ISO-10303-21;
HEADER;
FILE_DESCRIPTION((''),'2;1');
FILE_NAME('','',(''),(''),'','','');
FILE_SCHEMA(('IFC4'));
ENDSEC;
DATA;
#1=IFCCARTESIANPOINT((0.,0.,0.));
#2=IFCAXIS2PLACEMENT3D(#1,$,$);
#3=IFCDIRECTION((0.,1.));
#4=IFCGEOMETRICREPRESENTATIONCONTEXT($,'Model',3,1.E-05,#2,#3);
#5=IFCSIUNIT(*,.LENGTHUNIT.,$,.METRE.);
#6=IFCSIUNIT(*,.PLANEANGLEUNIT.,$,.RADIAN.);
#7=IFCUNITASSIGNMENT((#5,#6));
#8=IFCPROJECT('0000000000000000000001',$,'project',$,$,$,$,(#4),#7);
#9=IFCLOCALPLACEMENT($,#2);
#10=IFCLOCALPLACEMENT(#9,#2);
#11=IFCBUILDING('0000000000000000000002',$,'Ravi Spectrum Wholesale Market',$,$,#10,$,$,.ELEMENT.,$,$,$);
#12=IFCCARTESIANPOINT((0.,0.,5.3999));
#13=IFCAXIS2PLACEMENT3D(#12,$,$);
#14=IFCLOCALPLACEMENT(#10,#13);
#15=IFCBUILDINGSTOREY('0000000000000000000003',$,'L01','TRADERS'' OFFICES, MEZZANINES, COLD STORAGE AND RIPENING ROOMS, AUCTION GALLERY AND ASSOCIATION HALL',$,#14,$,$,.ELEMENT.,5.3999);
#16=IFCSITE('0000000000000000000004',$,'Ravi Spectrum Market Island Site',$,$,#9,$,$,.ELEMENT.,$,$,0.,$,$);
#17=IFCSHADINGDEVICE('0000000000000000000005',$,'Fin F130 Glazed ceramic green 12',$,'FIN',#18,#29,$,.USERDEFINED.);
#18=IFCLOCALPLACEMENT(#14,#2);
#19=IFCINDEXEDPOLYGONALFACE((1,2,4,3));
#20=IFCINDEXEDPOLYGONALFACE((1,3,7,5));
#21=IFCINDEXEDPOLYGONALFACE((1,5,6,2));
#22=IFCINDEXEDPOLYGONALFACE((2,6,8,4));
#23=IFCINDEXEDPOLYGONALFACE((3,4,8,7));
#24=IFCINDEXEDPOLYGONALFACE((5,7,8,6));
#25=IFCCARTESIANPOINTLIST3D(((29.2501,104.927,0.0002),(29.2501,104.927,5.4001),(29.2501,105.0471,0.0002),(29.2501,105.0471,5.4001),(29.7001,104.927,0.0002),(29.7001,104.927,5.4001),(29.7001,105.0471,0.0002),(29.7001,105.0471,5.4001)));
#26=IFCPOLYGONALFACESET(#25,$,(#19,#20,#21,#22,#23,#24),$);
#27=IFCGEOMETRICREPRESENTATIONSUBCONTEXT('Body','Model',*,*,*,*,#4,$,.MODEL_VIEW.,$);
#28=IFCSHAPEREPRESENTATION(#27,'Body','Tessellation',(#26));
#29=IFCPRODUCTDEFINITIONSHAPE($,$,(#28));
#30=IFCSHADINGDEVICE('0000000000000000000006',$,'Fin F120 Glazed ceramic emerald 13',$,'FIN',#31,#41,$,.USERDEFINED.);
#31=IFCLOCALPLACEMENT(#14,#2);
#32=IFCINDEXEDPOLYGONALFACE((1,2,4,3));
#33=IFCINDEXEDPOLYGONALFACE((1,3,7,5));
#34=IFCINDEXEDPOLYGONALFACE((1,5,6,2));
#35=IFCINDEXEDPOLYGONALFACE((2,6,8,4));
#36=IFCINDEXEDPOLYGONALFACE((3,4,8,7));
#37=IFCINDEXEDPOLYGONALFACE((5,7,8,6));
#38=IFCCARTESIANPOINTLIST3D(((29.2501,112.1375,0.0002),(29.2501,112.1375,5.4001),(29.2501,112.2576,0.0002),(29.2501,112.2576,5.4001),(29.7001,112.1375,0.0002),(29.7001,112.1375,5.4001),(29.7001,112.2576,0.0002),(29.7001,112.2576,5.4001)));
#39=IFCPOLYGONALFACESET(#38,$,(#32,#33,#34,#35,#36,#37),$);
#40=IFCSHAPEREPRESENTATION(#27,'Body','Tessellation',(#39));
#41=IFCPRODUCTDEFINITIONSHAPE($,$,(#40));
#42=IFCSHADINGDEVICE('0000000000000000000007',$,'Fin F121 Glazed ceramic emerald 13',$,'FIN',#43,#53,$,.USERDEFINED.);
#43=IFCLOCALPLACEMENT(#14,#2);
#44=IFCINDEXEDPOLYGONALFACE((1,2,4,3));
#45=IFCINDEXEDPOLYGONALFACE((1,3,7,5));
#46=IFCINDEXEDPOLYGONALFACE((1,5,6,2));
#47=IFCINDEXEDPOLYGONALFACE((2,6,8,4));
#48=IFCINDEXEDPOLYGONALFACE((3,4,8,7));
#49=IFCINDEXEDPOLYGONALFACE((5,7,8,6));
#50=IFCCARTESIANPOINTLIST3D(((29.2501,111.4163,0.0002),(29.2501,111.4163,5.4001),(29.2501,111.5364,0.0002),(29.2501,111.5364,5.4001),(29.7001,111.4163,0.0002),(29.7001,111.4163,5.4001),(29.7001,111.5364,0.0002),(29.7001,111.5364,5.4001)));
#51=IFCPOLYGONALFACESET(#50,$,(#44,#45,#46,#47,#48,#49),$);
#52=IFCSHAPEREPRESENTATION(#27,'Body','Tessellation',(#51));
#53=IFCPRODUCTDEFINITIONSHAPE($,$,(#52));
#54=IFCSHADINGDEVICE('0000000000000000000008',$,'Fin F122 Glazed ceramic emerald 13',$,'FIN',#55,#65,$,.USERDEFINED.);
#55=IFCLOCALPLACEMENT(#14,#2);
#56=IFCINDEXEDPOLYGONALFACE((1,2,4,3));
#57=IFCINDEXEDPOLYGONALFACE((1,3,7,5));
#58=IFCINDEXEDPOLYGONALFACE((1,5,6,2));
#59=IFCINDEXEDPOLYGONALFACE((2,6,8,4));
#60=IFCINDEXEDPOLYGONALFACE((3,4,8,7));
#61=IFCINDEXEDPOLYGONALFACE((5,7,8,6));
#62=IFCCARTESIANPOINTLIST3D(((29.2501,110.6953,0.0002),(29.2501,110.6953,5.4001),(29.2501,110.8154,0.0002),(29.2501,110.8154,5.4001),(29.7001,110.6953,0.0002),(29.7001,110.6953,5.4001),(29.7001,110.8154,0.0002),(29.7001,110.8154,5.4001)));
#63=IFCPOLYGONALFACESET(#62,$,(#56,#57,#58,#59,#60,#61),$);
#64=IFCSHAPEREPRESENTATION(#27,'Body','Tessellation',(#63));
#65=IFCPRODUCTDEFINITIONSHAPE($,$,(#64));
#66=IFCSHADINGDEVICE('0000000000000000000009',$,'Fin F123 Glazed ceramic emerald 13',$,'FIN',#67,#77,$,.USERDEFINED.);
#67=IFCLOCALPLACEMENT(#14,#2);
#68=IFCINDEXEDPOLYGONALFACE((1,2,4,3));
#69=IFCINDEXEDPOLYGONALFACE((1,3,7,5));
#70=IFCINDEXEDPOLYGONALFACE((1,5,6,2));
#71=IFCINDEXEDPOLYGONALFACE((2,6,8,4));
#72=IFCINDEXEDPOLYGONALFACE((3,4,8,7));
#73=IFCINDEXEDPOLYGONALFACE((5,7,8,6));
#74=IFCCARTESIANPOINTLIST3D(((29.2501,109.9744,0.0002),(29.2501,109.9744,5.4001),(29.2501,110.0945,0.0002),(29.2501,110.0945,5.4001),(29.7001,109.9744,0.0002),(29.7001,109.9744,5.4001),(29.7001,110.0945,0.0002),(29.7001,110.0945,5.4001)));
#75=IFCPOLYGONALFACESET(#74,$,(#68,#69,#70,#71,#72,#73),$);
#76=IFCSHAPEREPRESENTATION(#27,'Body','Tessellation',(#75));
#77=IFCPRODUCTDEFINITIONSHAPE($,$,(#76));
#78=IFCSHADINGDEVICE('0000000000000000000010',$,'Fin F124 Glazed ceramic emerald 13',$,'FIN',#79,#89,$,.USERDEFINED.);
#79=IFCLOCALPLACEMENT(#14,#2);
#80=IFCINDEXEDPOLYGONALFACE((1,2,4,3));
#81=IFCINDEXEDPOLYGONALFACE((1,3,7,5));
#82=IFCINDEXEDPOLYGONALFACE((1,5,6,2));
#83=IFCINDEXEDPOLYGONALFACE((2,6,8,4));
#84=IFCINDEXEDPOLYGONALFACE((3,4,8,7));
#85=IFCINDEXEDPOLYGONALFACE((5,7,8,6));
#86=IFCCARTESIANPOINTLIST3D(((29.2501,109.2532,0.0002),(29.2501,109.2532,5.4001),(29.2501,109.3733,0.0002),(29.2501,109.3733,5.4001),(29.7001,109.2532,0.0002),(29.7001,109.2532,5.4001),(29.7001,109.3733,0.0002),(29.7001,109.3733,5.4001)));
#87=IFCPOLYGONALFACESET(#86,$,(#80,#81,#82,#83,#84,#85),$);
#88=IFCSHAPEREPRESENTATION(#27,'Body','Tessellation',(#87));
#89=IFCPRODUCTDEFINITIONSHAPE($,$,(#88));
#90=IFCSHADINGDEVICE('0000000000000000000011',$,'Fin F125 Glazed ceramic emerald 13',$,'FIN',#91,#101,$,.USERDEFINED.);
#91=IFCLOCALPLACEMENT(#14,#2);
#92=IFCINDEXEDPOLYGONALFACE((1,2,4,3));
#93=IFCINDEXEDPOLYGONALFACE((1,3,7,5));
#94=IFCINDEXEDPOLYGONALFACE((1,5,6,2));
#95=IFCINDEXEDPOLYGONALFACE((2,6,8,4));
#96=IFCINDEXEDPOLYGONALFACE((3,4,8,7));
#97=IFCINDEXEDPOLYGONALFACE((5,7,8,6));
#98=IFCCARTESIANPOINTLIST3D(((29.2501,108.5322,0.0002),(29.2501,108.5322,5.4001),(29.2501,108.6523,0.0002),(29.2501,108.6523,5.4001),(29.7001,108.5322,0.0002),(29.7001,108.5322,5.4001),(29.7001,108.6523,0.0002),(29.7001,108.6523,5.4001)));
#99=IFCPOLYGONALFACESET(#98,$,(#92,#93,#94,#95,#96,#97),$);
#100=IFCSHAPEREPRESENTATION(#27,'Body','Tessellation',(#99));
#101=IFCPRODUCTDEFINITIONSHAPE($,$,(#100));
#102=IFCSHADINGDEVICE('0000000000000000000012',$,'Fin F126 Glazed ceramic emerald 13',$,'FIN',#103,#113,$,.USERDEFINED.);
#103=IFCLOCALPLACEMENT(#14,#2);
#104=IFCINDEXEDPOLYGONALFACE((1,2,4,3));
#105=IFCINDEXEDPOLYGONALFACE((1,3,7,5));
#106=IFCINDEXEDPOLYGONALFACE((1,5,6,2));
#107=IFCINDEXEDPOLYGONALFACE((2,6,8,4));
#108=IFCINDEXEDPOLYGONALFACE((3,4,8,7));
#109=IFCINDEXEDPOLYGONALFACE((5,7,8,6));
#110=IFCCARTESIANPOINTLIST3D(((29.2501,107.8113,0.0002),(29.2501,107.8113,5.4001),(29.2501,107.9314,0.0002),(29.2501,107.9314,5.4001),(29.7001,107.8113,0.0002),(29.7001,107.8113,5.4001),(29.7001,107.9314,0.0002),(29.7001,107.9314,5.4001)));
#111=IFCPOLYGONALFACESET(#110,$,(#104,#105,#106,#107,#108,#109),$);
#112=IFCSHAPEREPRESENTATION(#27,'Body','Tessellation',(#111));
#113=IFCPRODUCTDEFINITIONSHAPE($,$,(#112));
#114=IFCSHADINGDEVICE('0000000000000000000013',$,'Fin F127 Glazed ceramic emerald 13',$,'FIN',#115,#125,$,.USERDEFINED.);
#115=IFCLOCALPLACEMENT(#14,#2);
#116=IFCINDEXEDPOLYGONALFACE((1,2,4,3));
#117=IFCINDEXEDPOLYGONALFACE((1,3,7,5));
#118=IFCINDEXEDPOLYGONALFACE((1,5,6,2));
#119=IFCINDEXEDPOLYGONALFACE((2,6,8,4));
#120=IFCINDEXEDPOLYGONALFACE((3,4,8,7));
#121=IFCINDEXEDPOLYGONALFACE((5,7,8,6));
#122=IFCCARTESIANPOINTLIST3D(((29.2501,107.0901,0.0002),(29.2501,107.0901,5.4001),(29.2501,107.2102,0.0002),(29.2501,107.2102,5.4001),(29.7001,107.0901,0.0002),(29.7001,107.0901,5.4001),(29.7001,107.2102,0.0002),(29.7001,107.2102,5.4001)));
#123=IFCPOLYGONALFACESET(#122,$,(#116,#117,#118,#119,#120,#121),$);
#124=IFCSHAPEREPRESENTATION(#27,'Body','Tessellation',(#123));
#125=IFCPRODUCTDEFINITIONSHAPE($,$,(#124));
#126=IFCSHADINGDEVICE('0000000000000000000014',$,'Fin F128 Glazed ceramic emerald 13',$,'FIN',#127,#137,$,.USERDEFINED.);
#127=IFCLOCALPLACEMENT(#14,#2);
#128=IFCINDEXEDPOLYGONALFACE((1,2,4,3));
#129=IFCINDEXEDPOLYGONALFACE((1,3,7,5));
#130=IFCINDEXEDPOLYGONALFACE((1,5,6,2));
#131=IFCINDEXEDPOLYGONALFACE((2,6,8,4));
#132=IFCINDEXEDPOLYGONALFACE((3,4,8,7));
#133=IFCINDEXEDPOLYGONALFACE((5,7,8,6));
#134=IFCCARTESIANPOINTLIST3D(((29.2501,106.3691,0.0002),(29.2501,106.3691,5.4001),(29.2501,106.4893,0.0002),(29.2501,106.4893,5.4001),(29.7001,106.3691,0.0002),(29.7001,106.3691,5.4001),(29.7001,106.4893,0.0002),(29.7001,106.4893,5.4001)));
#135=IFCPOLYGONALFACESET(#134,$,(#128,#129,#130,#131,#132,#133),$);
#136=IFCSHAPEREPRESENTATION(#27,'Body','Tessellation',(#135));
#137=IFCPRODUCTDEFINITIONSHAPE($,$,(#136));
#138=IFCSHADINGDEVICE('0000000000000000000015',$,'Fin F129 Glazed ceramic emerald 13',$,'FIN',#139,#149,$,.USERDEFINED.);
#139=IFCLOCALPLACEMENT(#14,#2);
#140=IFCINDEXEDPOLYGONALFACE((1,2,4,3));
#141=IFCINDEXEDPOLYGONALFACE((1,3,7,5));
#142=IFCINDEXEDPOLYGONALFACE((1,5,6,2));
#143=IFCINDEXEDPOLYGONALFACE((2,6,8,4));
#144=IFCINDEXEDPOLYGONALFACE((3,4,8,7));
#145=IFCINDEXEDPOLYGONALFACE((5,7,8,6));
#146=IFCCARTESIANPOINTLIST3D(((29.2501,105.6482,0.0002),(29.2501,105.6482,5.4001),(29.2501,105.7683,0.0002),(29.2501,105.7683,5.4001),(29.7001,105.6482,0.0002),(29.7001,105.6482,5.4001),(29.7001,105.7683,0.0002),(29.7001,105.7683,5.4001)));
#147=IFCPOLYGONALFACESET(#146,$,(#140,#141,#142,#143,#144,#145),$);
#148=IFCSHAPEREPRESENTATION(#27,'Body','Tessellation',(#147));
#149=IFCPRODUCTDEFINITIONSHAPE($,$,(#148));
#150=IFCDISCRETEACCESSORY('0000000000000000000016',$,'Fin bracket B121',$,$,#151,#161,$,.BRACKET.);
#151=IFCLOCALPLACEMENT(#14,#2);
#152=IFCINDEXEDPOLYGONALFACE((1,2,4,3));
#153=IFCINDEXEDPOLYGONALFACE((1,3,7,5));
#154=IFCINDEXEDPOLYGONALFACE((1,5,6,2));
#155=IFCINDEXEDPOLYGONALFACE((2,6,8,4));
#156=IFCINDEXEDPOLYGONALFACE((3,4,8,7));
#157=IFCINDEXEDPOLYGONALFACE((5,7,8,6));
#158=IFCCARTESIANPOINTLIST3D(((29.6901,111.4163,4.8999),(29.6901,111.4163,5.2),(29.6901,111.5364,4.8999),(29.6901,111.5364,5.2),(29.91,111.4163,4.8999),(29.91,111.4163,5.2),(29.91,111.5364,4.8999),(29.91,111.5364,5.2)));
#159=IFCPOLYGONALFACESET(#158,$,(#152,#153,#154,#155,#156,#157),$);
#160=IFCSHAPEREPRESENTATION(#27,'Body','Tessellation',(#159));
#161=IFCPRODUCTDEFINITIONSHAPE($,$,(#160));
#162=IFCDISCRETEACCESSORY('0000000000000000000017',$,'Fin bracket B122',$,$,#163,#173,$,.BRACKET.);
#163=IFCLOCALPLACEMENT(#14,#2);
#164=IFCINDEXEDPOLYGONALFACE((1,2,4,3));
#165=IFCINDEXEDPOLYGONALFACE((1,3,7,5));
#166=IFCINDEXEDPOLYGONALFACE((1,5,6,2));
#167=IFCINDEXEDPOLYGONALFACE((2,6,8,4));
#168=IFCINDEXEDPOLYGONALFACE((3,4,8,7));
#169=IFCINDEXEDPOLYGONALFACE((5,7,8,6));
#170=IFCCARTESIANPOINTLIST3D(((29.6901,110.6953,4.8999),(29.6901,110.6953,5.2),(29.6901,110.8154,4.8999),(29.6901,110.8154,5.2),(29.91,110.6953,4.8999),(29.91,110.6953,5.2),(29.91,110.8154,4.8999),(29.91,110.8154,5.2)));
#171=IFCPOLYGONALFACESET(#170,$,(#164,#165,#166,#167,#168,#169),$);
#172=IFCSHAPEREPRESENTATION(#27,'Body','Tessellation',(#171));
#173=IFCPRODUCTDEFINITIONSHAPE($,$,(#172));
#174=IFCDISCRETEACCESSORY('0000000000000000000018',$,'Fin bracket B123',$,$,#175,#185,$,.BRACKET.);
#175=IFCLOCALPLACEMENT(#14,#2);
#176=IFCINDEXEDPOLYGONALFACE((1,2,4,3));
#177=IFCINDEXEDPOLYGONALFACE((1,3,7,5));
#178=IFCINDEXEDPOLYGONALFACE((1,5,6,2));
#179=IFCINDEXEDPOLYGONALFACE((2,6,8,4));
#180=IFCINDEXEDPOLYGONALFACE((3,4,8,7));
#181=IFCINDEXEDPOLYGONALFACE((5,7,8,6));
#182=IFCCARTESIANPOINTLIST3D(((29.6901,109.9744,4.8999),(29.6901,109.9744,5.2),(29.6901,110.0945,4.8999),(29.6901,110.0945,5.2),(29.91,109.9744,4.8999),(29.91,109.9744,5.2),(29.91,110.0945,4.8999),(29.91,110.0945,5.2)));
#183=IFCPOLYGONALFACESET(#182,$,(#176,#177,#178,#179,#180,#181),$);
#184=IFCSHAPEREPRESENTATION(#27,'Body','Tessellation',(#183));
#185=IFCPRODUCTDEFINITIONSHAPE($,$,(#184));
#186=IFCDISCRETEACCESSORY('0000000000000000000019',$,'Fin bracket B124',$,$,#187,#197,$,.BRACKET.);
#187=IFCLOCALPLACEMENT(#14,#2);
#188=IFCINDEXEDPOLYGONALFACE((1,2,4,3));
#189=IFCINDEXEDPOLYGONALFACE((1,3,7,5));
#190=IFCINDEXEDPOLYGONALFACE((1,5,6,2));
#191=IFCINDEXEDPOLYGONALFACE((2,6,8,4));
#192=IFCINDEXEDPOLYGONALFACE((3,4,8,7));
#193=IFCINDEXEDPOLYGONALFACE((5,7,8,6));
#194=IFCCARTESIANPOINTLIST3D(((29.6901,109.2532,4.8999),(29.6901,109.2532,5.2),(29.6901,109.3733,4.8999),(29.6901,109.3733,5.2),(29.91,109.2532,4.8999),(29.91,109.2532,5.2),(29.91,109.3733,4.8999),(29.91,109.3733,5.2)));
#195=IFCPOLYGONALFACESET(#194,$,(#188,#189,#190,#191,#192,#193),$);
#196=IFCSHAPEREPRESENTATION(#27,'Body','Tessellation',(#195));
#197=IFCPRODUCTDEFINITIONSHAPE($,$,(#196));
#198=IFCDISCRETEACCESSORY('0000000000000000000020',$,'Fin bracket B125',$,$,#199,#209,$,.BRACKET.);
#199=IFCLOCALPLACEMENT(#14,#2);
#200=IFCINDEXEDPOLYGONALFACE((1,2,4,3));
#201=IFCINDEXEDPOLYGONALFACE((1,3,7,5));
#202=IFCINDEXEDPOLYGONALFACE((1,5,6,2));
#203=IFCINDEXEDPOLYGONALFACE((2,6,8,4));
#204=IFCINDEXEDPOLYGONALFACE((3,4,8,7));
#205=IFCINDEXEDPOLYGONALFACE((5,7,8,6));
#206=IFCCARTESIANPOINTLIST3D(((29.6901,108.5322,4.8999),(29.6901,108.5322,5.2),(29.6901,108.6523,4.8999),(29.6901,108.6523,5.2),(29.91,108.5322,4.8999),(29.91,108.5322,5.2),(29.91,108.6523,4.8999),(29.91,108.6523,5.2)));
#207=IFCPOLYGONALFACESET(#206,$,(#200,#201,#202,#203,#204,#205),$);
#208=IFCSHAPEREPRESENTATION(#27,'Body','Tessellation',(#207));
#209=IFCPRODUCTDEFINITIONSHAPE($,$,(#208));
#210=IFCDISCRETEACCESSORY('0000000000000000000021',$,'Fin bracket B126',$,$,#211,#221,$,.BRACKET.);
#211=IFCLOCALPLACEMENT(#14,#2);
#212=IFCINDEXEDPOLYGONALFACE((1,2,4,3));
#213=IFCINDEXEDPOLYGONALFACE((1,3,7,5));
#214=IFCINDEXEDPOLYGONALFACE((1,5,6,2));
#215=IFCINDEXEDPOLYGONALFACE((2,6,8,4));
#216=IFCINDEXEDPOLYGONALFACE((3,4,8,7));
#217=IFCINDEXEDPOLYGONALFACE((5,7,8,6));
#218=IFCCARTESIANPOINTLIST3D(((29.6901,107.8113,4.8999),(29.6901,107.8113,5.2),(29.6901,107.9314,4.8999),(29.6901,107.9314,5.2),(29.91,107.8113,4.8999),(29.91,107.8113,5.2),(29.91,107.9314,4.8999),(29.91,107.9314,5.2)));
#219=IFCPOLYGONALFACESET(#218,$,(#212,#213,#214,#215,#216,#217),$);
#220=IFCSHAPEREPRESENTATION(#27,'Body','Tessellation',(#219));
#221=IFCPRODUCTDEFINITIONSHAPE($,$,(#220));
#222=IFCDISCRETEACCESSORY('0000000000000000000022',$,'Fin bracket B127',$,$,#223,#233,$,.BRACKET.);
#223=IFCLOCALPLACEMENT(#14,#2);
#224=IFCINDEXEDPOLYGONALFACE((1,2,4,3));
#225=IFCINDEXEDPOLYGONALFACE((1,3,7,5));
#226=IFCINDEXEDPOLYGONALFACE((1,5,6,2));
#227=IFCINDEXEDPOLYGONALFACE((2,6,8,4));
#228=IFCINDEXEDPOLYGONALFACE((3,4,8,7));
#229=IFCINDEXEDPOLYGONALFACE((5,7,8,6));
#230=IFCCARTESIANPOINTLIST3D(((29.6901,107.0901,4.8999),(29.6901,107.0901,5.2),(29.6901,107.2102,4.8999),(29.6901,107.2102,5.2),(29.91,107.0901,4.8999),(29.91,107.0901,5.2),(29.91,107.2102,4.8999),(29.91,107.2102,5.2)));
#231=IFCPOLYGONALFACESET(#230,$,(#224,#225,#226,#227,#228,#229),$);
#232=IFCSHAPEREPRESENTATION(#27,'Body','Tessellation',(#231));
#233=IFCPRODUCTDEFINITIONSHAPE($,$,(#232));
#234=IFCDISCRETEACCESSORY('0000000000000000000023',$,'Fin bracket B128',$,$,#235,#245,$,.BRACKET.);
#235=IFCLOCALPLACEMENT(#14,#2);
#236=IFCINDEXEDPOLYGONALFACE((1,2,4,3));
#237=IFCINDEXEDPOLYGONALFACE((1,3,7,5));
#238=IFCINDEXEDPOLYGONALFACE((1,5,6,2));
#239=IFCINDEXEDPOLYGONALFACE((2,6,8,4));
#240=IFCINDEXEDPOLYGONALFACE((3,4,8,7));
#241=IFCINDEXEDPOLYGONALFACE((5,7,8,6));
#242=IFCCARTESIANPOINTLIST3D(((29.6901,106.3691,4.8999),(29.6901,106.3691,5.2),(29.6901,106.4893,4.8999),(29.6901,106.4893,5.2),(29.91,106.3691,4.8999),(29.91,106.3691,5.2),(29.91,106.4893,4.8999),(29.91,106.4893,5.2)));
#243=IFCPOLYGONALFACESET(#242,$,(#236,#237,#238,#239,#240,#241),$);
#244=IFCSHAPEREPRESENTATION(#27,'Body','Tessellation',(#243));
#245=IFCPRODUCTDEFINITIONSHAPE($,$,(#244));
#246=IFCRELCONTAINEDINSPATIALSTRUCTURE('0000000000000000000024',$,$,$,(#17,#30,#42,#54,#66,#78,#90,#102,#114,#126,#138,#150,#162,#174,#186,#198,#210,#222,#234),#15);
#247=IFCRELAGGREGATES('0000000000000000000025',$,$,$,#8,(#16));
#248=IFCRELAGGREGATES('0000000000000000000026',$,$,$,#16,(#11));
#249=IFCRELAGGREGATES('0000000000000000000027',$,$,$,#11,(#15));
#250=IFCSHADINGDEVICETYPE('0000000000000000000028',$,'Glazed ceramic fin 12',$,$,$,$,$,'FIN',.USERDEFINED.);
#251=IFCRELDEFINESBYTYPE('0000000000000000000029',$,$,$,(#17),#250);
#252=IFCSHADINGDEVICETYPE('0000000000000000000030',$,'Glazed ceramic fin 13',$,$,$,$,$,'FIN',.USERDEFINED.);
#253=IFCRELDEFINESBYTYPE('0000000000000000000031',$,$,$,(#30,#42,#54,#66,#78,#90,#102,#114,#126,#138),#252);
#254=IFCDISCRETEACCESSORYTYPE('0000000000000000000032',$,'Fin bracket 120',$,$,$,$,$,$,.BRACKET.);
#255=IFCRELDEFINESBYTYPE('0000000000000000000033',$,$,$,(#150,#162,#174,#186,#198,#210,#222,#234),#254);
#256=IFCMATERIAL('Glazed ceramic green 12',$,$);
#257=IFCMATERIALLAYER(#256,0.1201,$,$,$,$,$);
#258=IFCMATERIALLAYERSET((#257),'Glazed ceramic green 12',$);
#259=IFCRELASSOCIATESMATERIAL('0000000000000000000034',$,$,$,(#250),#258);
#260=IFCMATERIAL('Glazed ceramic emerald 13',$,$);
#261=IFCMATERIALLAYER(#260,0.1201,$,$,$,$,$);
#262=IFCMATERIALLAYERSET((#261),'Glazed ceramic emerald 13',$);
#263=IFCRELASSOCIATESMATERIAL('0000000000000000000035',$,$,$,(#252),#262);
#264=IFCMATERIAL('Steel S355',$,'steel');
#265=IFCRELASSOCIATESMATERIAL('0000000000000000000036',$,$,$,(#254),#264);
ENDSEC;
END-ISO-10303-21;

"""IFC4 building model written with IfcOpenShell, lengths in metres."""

from ifc_helpers import new_model, si_unit, direction, frame, origin, origin_2d, place, context, subcontext, project, spatial, rectangle, extrude, material, layer, layer_set, type_object, element, save


model = new_model("IFC4")

# Units and contexts
model_context = context("Model", 3, precision=1e-05, world=origin(), true_north=direction((0.0, 1.0)))
body_context = subcontext(model_context, "Body", "Model", "MODEL_VIEW")
ifc_project = project(units=[si_unit("LENGTHUNIT", "METRE"), si_unit("PLANEANGLEUNIT", "RADIAN")], contexts=[model_context])

# Site, building, storey
site_placement = place(None, origin())
site = spatial("IfcSite", under=ifc_project, at=site_placement, Name="Ravi Spectrum Market Island Site", CompositionType="ELEMENT", RefElevation=0.0)
building_placement = place(site_placement, origin())
building = spatial("IfcBuilding", under=site, at=building_placement, Name="Ravi Spectrum Wholesale Market", CompositionType="ELEMENT")
storey_placement = place(building_placement, frame((0.0, 0.0, 5.3999)))
storey = spatial("IfcBuildingStorey", under=building, at=storey_placement, Name="L01", Description="TRADERS' OFFICES, MEZZANINES, COLD STORAGE AND RIPENING ROOMS, AUCTION GALLERY AND ASSOCIATION HALL", CompositionType="ELEMENT", Elevation=5.3999)

# Shading devices
ifc_material_1 = material(Name="Glazed ceramic green 12")
ifc_layer_1 = layer(ifc_material_1, 0.1201)
ifc_layer_set_1 = layer_set([ifc_layer_1], Name="Glazed ceramic green 12")
shading_device_type_1 = type_object("IfcShadingDeviceType", Name="Glazed ceramic fin 12", ElementType="FIN", PredefinedType="USERDEFINED", material=ifc_layer_set_1)
shading_device_placement = place(storey_placement, frame((29.4751, 104.9871, 0.0002), z_axis=(0.0, 0.0, 1.0), x_axis=(0.0, -1.0, 0.0)))
element("IfcShadingDevice", 1, at=shading_device_placement, inside=storey, type_object=shading_device_type_1, Name="Fin F130 Glazed ceramic green 12", ObjectType="FIN", PredefinedType="USERDEFINED", context=body_context, shape_type="SweptSolid", body=[
    extrude(rectangle(XDim=0.1201, YDim=0.45, at=origin_2d()), origin(), (0.0, 0.0, 1.0), 5.3999),
])
ifc_material_2 = material(Name="Glazed ceramic emerald 13")
ifc_layer_2 = layer(ifc_material_2, 0.1201)
ifc_layer_set_2 = layer_set([ifc_layer_2], Name="Glazed ceramic emerald 13")
shading_device_type_2 = type_object("IfcShadingDeviceType", Name="Glazed ceramic fin 13", ElementType="FIN", PredefinedType="USERDEFINED", material=ifc_layer_set_2)
for number, where, z_axis, x_axis, name in (
    (2, (29.4751, 112.1975, 0.0002), (0.0, 0.0, 1.0), (0.0, -1.0, 0.0), "Fin F120 Glazed ceramic emerald 13"),
    (3, (29.4751, 111.4763, 0.0002), (0.0, 0.0, 1.0), (0.0, -1.0, 0.0), "Fin F121 Glazed ceramic emerald 13"),
    (4, (29.4751, 110.7554, 0.0002), (0.0, 0.0, 1.0), (0.0, -1.0, 0.0), "Fin F122 Glazed ceramic emerald 13"),
    (5, (29.4751, 110.0344, 0.0002), (0.0, 0.0, 1.0), (0.0, -1.0, 0.0), "Fin F123 Glazed ceramic emerald 13"),
    (6, (29.4751, 109.3132, 0.0002), (0.0, 0.0, 1.0), (0.0, -1.0, 0.0), "Fin F124 Glazed ceramic emerald 13"),
    (7, (29.4751, 108.5923, 0.0002), (0.0, 0.0, 1.0), (0.0, -1.0, 0.0), "Fin F125 Glazed ceramic emerald 13"),
    (8, (29.4751, 107.8713, 0.0002), (0.0, 0.0, 1.0), (0.0, -1.0, 0.0), "Fin F126 Glazed ceramic emerald 13"),
    (9, (29.4751, 107.1501, 0.0002), (0.0, 0.0, 1.0), (0.0, -1.0, 0.0), "Fin F127 Glazed ceramic emerald 13"),
    (10, (29.4751, 106.4292, 0.0002), (0.0, 0.0, 1.0), (0.0, -1.0, 0.0), "Fin F128 Glazed ceramic emerald 13"),
    (11, (29.4751, 105.7083, 0.0002), (0.0, 0.0, 1.0), (0.0, -1.0, 0.0), "Fin F129 Glazed ceramic emerald 13"),
):
    element("IfcShadingDevice", number, at=place(storey_placement, frame(where, z_axis=z_axis, x_axis=x_axis)), inside=storey, type_object=shading_device_type_2, Name=name, ObjectType="FIN", PredefinedType="USERDEFINED", context=body_context, shape_type="SweptSolid", body=[
        extrude(rectangle(XDim=0.1201, YDim=0.45, at=origin_2d()), origin(), (0.0, 0.0, 1.0), 5.3999),
    ])

# Discrete accessories
ifc_material_3 = material(Name="Steel S355", Category="steel")
discrete_accessory_type_1 = type_object("IfcDiscreteAccessoryType", Name="Fin bracket 120", PredefinedType="BRACKET", material=ifc_material_3)
for number, where, z_axis, x_axis, name in (
    (12, (29.8, 111.4763, 4.8999), (0.0, 0.0, 1.0), (0.0, -1.0, 0.0), "Fin bracket B121"),
    (13, (29.8, 110.7554, 4.8999), (0.0, 0.0, 1.0), (0.0, -1.0, 0.0), "Fin bracket B122"),
    (14, (29.8, 110.0344, 4.8999), (0.0, 0.0, 1.0), (0.0, -1.0, 0.0), "Fin bracket B123"),
    (15, (29.8, 109.3132, 4.8999), (0.0, 0.0, 1.0), (0.0, -1.0, 0.0), "Fin bracket B124"),
    (16, (29.8, 108.5923, 4.8999), (0.0, 0.0, 1.0), (0.0, -1.0, 0.0), "Fin bracket B125"),
    (17, (29.8, 107.8713, 4.8999), (0.0, 0.0, 1.0), (0.0, -1.0, 0.0), "Fin bracket B126"),
    (18, (29.8, 107.1501, 4.8999), (0.0, 0.0, 1.0), (0.0, -1.0, 0.0), "Fin bracket B127"),
    (19, (29.8, 106.4292, 4.8999), (0.0, 0.0, 1.0), (0.0, -1.0, 0.0), "Fin bracket B128"),
):
    element("IfcDiscreteAccessory", number, at=place(storey_placement, frame(where, z_axis=z_axis, x_axis=x_axis)), inside=storey, type_object=discrete_accessory_type_1, Name=name, PredefinedType="BRACKET", context=body_context, shape_type="SweptSolid", body=[
        extrude(rectangle(XDim=0.1201, YDim=0.22, at=origin_2d()), origin(), (0.0, 0.0, 1.0), 0.3),
    ])

save(model, "model.ifc")
